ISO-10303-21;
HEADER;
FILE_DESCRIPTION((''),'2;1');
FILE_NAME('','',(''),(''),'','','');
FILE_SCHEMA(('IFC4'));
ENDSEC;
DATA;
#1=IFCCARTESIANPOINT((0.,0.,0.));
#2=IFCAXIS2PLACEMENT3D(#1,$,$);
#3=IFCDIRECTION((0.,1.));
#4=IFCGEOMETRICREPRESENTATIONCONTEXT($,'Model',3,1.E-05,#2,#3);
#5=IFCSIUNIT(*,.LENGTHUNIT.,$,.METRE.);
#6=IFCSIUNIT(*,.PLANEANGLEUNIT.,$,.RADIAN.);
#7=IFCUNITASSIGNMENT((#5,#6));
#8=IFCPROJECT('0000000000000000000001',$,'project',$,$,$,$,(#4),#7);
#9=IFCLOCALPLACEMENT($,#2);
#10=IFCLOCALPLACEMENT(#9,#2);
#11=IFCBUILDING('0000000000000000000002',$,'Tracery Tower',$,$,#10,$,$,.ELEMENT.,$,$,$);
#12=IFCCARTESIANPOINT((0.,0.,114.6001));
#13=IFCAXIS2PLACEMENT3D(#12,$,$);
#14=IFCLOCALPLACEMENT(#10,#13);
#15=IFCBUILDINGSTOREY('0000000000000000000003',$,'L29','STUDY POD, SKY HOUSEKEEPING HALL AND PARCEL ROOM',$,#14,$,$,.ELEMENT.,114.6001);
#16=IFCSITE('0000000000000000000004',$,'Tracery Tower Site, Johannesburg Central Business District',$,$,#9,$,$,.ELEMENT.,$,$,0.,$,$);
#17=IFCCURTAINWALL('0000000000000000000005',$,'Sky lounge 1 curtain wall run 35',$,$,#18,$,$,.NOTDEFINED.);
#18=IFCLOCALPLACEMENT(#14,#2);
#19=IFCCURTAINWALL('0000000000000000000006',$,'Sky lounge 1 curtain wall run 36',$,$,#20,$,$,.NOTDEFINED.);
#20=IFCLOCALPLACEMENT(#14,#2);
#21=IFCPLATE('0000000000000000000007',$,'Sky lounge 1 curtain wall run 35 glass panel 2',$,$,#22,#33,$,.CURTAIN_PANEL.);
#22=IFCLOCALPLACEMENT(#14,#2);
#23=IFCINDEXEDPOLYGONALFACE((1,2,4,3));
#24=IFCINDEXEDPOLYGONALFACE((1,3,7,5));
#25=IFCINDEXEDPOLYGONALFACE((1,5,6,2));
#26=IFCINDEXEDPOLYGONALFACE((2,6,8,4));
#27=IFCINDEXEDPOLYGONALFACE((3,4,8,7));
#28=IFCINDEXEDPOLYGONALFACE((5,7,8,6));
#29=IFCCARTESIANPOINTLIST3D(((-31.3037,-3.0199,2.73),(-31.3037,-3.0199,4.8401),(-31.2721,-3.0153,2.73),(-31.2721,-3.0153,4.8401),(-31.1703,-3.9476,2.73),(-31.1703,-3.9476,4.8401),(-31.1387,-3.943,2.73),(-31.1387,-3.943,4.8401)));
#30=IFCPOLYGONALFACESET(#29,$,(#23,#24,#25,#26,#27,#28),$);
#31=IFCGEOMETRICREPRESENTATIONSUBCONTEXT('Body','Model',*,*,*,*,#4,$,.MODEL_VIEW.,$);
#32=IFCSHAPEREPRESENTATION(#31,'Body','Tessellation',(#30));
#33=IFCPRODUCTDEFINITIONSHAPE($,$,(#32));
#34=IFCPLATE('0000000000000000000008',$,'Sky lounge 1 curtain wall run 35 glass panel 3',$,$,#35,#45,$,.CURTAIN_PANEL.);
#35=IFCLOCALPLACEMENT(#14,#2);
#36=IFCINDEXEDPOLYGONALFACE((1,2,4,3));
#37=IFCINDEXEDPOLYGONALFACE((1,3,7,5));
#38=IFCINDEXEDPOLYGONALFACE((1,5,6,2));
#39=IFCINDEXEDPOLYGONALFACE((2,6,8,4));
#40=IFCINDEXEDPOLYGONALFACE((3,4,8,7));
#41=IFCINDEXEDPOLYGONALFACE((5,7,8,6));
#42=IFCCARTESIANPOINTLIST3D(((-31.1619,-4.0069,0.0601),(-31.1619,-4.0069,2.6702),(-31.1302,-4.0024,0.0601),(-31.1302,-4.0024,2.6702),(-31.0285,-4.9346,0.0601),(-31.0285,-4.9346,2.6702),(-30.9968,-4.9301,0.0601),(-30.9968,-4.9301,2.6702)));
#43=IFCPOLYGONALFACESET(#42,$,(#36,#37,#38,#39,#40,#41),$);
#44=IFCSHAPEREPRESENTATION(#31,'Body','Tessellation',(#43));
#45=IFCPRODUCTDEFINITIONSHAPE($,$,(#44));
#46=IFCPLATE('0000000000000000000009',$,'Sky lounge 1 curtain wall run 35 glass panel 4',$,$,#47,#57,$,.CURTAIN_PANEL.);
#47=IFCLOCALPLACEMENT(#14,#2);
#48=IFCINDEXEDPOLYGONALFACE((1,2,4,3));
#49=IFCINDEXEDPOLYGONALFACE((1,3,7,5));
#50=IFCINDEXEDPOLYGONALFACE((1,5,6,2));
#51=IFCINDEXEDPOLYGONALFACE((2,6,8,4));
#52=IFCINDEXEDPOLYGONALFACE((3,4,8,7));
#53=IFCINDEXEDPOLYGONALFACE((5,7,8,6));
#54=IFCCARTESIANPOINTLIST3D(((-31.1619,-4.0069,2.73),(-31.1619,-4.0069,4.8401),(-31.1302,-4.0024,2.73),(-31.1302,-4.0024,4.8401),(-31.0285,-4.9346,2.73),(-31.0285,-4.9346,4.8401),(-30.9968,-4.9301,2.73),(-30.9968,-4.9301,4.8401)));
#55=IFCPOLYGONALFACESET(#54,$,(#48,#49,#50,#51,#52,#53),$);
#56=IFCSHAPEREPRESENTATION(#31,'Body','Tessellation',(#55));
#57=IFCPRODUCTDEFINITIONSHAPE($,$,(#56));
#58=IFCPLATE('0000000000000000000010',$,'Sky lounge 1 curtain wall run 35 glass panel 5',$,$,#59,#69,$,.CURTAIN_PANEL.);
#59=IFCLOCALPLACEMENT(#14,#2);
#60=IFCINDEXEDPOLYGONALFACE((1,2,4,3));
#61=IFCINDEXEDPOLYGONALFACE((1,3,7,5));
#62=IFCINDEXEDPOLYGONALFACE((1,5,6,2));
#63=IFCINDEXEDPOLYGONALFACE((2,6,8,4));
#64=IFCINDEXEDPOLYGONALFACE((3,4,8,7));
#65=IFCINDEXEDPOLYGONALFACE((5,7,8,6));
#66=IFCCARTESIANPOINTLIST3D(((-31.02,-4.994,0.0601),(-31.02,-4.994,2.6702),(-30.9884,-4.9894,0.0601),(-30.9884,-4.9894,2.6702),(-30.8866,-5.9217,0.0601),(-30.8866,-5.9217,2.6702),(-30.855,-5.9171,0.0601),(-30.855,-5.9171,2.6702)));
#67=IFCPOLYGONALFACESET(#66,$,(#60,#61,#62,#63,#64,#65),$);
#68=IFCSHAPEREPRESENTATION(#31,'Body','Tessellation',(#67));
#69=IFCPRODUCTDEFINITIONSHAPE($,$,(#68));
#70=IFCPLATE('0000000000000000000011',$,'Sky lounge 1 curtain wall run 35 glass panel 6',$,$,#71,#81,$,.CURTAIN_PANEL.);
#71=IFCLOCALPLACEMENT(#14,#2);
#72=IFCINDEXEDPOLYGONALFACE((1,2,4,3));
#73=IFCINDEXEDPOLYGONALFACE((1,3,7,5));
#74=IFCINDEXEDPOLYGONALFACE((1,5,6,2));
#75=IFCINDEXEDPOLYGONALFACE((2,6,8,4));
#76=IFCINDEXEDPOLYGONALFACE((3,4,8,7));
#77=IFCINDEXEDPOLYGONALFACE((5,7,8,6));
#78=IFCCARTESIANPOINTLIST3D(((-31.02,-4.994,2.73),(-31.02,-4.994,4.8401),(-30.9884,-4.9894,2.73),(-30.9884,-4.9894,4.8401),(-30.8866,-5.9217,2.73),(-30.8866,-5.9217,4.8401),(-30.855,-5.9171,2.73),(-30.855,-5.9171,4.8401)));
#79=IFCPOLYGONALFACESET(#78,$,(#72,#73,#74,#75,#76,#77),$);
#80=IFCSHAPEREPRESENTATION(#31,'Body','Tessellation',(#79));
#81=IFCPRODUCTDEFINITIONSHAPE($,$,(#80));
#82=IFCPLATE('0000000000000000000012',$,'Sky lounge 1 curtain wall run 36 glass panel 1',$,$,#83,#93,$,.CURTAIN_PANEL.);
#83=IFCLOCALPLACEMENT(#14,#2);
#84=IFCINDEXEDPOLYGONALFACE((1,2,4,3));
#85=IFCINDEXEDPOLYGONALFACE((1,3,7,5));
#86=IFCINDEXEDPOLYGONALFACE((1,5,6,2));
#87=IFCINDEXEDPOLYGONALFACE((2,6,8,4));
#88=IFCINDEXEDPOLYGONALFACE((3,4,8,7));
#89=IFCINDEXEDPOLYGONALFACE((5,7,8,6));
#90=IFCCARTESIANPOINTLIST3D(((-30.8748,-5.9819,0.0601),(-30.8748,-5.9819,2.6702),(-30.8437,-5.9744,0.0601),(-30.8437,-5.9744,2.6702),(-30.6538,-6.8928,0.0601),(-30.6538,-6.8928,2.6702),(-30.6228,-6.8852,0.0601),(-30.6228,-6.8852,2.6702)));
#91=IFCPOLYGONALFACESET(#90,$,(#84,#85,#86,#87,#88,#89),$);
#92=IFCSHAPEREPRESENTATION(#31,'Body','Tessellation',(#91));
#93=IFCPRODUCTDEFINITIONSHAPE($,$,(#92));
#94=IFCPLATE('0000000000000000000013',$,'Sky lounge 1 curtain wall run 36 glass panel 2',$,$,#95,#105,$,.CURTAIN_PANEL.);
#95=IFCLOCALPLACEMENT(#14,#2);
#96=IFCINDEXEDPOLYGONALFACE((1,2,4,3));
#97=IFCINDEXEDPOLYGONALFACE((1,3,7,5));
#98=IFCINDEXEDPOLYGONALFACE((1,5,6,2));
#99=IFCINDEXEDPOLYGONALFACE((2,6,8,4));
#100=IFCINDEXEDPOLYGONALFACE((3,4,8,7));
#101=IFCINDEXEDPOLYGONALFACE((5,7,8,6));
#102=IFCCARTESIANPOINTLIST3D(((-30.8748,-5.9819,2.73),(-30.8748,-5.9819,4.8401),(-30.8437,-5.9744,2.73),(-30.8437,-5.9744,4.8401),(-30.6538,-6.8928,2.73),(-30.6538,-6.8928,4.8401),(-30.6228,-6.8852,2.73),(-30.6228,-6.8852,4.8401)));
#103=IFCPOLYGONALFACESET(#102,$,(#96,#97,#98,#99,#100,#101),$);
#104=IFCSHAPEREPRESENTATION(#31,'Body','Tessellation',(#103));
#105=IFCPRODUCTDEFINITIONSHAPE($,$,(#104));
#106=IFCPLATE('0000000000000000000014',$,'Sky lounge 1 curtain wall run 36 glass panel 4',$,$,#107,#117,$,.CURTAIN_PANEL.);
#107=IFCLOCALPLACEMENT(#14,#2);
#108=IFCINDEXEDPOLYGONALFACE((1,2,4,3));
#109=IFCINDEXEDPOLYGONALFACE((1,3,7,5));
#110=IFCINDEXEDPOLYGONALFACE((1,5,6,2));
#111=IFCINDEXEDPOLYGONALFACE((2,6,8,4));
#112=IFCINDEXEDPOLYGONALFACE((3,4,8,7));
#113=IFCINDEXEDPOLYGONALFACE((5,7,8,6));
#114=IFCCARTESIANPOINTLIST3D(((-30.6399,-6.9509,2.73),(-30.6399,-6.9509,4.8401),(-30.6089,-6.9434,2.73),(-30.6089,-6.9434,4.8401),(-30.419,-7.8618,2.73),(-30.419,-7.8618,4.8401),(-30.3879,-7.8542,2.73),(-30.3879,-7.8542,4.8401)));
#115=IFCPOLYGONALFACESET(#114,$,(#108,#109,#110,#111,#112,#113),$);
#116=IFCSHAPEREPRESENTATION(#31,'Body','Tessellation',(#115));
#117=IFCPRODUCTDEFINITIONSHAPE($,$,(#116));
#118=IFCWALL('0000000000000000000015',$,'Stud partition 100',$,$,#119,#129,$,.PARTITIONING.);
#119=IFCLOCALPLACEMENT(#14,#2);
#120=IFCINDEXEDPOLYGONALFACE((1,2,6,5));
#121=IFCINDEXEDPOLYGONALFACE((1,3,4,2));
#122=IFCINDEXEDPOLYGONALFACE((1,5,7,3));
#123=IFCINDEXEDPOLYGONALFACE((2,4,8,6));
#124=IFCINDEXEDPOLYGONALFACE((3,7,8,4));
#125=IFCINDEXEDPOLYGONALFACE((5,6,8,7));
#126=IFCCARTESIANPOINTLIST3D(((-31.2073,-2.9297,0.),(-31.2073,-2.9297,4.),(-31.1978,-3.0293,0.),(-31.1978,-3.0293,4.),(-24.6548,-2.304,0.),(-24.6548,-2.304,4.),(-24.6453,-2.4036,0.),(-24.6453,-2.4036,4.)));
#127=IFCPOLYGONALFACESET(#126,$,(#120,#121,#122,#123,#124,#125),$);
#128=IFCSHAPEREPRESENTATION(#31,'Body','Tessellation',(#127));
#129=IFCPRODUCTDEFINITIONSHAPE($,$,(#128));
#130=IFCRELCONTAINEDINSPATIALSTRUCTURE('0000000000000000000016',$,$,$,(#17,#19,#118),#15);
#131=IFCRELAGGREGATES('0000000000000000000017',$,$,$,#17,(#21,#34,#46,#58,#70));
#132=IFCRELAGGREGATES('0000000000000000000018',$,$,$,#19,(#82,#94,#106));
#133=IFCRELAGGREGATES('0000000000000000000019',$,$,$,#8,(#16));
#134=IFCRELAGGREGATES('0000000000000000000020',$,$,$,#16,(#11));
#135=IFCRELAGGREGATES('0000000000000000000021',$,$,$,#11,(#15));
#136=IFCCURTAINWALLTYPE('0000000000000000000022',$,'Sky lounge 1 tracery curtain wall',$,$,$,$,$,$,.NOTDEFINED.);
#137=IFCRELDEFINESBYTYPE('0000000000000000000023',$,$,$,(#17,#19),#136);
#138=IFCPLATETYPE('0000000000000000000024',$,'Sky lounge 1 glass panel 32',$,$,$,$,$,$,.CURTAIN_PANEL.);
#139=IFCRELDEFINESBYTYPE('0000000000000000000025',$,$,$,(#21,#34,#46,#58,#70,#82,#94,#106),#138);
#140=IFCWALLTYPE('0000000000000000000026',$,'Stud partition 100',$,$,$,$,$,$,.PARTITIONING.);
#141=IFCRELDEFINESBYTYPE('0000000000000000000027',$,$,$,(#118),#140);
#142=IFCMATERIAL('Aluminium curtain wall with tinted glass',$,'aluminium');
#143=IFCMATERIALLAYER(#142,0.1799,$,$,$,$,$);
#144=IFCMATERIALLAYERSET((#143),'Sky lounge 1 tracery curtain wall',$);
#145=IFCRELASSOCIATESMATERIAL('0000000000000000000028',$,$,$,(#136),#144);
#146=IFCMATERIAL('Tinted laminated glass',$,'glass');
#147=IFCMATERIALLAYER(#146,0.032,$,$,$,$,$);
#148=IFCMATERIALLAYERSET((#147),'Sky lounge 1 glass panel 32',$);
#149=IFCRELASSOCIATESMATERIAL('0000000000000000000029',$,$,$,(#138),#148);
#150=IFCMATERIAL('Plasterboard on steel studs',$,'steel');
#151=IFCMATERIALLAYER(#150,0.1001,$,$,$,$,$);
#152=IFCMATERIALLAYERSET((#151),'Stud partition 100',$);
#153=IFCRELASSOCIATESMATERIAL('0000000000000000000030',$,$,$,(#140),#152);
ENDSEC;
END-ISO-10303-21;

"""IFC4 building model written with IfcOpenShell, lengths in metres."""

from ifc_helpers import new_model, si_unit, direction, frame, frame_2d, origin, origin_2d, place, context, subcontext, project, spatial, rectangle, extrude, material, layer, layer_set, type_object, element, aggregate, save


model = new_model("IFC4")

# Units and contexts
model_context = context("Model", 3, precision=1e-05, world=origin(), true_north=direction((0.0, 1.0)))
body_context = subcontext(model_context, "Body", "Model", "MODEL_VIEW")
ifc_project = project(units=[si_unit("LENGTHUNIT", "METRE"), si_unit("PLANEANGLEUNIT", "RADIAN")], contexts=[model_context])

# Site, building, storey
site_placement = place(None, origin())
site = spatial("IfcSite", under=ifc_project, at=site_placement, Name="Tracery Tower Site, Johannesburg Central Business District", CompositionType="ELEMENT", RefElevation=0.0)
building_placement = place(site_placement, origin())
building = spatial("IfcBuilding", under=site, at=building_placement, Name="Tracery Tower", CompositionType="ELEMENT")
storey_placement = place(building_placement, frame((0.0, 0.0, 114.6001)))
storey = spatial("IfcBuildingStorey", under=building, at=storey_placement, Name="L29", Description="STUDY POD, SKY HOUSEKEEPING HALL AND PARCEL ROOM", CompositionType="ELEMENT", Elevation=114.6001)

# Curtain walls
ifc_material_1 = material(Name="Aluminium curtain wall with tinted glass", Category="aluminium")
ifc_layer_1 = layer(ifc_material_1, 0.1799)
ifc_layer_set_1 = layer_set([ifc_layer_1], Name="Sky lounge 1 tracery curtain wall")
curtain_wall_type = type_object("IfcCurtainWallType", Name="Sky lounge 1 tracery curtain wall", PredefinedType="NOTDEFINED", material=ifc_layer_set_1)
curtain_wall_1_placement = place(storey_placement, origin())
curtain_wall_1 = element("IfcCurtainWall", 1, at=curtain_wall_1_placement, inside=storey, type_object=curtain_wall_type, Name="Sky lounge 1 curtain wall run 35", PredefinedType="NOTDEFINED")
curtain_wall_2_placement = place(storey_placement, origin())
curtain_wall_2 = element("IfcCurtainWall", 2, at=curtain_wall_2_placement, inside=storey, type_object=curtain_wall_type, Name="Sky lounge 1 curtain wall run 36", PredefinedType="NOTDEFINED")

# Plates
ifc_material_2 = material(Name="Tinted laminated glass", Category="glass")
ifc_layer_2 = layer(ifc_material_2, 0.032)
ifc_layer_set_2 = layer_set([ifc_layer_2], Name="Sky lounge 1 glass panel 32")
plate_type = type_object("IfcPlateType", Name="Sky lounge 1 glass panel 32", PredefinedType="CURTAIN_PANEL", material=ifc_layer_set_2)
plate_1_placement = place(storey_placement, frame((-31.2212, -3.4814, 2.73), z_axis=(0.0, 0.0, 1.0), x_axis=(0.142315, -0.989821, 0.0)))
plate_1 = element("IfcPlate", 3, at=plate_1_placement, type_object=plate_type, Name="Sky lounge 1 curtain wall run 35 glass panel 2", PredefinedType="CURTAIN_PANEL", context=body_context, shape_type="SweptSolid", body=[
    extrude(rectangle(XDim=0.9373, YDim=0.032, at=origin_2d()), origin(), (0.0, 0.0, 1.0), 2.1101),
])
plate_2_placement = place(storey_placement, frame((-31.0793, -4.4685, 0.0601), z_axis=(0.0, 0.0, 1.0), x_axis=(0.142315, -0.989821, 0.0)))
plate_2 = element("IfcPlate", 4, at=plate_2_placement, type_object=plate_type, Name="Sky lounge 1 curtain wall run 35 glass panel 3", PredefinedType="CURTAIN_PANEL", context=body_context, shape_type="SweptSolid", body=[
    extrude(rectangle(XDim=0.9373, YDim=0.032, at=origin_2d()), origin(), (0.0, 0.0, 1.0), 2.6101),
])
plate_3_placement = place(storey_placement, frame((-31.0793, -4.4685, 2.73), z_axis=(0.0, 0.0, 1.0), x_axis=(0.142315, -0.989821, 0.0)))
plate_3 = element("IfcPlate", 5, at=plate_3_placement, type_object=plate_type, Name="Sky lounge 1 curtain wall run 35 glass panel 4", PredefinedType="CURTAIN_PANEL", context=body_context, shape_type="SweptSolid", body=[
    extrude(rectangle(XDim=0.9373, YDim=0.032, at=origin_2d()), origin(), (0.0, 0.0, 1.0), 2.1101),
])
plate_4_placement = place(storey_placement, frame((-30.9375, -5.4556, 0.0601), z_axis=(0.0, 0.0, 1.0), x_axis=(0.142315, -0.989821, 0.0)))
plate_4 = element("IfcPlate", 6, at=plate_4_placement, type_object=plate_type, Name="Sky lounge 1 curtain wall run 35 glass panel 5", PredefinedType="CURTAIN_PANEL", context=body_context, shape_type="SweptSolid", body=[
    extrude(rectangle(XDim=0.9373, YDim=0.032, at=origin_2d()), origin(), (0.0, 0.0, 1.0), 2.6101),
])
plate_5_placement = place(storey_placement, frame((-30.9375, -5.4556, 2.73), z_axis=(0.0, 0.0, 1.0), x_axis=(0.142315, -0.989821, 0.0)))
plate_5 = element("IfcPlate", 7, at=plate_5_placement, type_object=plate_type, Name="Sky lounge 1 curtain wall run 35 glass panel 6", PredefinedType="CURTAIN_PANEL", context=body_context, shape_type="SweptSolid", body=[
    extrude(rectangle(XDim=0.9373, YDim=0.032, at=origin_2d()), origin(), (0.0, 0.0, 1.0), 2.1101),
])
aggregate(curtain_wall_1, [plate_1, plate_2, plate_3, plate_4, plate_5])
plate_6_placement = place(storey_placement, frame((-30.7488, -6.4336, 0.0601), z_axis=(0.0, 0.0, 1.0), x_axis=(0.235759, -0.971812, 0.0)))
plate_6 = element("IfcPlate", 8, at=plate_6_placement, type_object=plate_type, Name="Sky lounge 1 curtain wall run 36 glass panel 1", PredefinedType="CURTAIN_PANEL", context=body_context, shape_type="SweptSolid", body=[
    extrude(rectangle(XDim=0.9373, YDim=0.032, at=origin_2d()), origin(), (0.0, 0.0, 1.0), 2.6101),
])
plate_7_placement = place(storey_placement, frame((-30.7488, -6.4336, 2.73), z_axis=(0.0, 0.0, 1.0), x_axis=(0.235759, -0.971812, 0.0)))
plate_7 = element("IfcPlate", 9, at=plate_7_placement, type_object=plate_type, Name="Sky lounge 1 curtain wall run 36 glass panel 2", PredefinedType="CURTAIN_PANEL", context=body_context, shape_type="SweptSolid", body=[
    extrude(rectangle(XDim=0.9373, YDim=0.032, at=origin_2d()), origin(), (0.0, 0.0, 1.0), 2.1101),
])
plate_8_placement = place(storey_placement, frame((-30.5139, -7.4026, 2.73), z_axis=(0.0, 0.0, 1.0), x_axis=(0.235759, -0.971812, 0.0)))
plate_8 = element("IfcPlate", 10, at=plate_8_placement, type_object=plate_type, Name="Sky lounge 1 curtain wall run 36 glass panel 4", PredefinedType="CURTAIN_PANEL", context=body_context, shape_type="SweptSolid", body=[
    extrude(rectangle(XDim=0.9373, YDim=0.032, at=origin_2d()), origin(), (0.0, 0.0, 1.0), 2.1101),
])
aggregate(curtain_wall_2, [plate_6, plate_7, plate_8])

# Wall
ifc_material_3 = material(Name="Plasterboard on steel studs", Category="steel")
ifc_layer_3 = layer(ifc_material_3, 0.1001)
ifc_layer_set_3 = layer_set([ifc_layer_3], Name="Stud partition 100")
wall_type = type_object("IfcWallType", Name="Stud partition 100", PredefinedType="PARTITIONING", material=ifc_layer_set_3)
wall_placement = place(storey_placement, frame((-31.2024, -2.9795, 0.0), z_axis=(0.0, 0.0, 1.0), x_axis=(0.995471, 0.095063, 0.0)))
element("IfcWall", 11, at=wall_placement, inside=storey, type_object=wall_type, Name="Stud partition 100", PredefinedType="PARTITIONING", context=body_context, shape_type="SweptSolid", body=[
    extrude(rectangle(XDim=6.5823, YDim=0.1001, at=frame_2d((3.291, 0.0))), origin(), (0.0, 0.0, 1.0), 4.0),
])

save(model, "model.ifc")
